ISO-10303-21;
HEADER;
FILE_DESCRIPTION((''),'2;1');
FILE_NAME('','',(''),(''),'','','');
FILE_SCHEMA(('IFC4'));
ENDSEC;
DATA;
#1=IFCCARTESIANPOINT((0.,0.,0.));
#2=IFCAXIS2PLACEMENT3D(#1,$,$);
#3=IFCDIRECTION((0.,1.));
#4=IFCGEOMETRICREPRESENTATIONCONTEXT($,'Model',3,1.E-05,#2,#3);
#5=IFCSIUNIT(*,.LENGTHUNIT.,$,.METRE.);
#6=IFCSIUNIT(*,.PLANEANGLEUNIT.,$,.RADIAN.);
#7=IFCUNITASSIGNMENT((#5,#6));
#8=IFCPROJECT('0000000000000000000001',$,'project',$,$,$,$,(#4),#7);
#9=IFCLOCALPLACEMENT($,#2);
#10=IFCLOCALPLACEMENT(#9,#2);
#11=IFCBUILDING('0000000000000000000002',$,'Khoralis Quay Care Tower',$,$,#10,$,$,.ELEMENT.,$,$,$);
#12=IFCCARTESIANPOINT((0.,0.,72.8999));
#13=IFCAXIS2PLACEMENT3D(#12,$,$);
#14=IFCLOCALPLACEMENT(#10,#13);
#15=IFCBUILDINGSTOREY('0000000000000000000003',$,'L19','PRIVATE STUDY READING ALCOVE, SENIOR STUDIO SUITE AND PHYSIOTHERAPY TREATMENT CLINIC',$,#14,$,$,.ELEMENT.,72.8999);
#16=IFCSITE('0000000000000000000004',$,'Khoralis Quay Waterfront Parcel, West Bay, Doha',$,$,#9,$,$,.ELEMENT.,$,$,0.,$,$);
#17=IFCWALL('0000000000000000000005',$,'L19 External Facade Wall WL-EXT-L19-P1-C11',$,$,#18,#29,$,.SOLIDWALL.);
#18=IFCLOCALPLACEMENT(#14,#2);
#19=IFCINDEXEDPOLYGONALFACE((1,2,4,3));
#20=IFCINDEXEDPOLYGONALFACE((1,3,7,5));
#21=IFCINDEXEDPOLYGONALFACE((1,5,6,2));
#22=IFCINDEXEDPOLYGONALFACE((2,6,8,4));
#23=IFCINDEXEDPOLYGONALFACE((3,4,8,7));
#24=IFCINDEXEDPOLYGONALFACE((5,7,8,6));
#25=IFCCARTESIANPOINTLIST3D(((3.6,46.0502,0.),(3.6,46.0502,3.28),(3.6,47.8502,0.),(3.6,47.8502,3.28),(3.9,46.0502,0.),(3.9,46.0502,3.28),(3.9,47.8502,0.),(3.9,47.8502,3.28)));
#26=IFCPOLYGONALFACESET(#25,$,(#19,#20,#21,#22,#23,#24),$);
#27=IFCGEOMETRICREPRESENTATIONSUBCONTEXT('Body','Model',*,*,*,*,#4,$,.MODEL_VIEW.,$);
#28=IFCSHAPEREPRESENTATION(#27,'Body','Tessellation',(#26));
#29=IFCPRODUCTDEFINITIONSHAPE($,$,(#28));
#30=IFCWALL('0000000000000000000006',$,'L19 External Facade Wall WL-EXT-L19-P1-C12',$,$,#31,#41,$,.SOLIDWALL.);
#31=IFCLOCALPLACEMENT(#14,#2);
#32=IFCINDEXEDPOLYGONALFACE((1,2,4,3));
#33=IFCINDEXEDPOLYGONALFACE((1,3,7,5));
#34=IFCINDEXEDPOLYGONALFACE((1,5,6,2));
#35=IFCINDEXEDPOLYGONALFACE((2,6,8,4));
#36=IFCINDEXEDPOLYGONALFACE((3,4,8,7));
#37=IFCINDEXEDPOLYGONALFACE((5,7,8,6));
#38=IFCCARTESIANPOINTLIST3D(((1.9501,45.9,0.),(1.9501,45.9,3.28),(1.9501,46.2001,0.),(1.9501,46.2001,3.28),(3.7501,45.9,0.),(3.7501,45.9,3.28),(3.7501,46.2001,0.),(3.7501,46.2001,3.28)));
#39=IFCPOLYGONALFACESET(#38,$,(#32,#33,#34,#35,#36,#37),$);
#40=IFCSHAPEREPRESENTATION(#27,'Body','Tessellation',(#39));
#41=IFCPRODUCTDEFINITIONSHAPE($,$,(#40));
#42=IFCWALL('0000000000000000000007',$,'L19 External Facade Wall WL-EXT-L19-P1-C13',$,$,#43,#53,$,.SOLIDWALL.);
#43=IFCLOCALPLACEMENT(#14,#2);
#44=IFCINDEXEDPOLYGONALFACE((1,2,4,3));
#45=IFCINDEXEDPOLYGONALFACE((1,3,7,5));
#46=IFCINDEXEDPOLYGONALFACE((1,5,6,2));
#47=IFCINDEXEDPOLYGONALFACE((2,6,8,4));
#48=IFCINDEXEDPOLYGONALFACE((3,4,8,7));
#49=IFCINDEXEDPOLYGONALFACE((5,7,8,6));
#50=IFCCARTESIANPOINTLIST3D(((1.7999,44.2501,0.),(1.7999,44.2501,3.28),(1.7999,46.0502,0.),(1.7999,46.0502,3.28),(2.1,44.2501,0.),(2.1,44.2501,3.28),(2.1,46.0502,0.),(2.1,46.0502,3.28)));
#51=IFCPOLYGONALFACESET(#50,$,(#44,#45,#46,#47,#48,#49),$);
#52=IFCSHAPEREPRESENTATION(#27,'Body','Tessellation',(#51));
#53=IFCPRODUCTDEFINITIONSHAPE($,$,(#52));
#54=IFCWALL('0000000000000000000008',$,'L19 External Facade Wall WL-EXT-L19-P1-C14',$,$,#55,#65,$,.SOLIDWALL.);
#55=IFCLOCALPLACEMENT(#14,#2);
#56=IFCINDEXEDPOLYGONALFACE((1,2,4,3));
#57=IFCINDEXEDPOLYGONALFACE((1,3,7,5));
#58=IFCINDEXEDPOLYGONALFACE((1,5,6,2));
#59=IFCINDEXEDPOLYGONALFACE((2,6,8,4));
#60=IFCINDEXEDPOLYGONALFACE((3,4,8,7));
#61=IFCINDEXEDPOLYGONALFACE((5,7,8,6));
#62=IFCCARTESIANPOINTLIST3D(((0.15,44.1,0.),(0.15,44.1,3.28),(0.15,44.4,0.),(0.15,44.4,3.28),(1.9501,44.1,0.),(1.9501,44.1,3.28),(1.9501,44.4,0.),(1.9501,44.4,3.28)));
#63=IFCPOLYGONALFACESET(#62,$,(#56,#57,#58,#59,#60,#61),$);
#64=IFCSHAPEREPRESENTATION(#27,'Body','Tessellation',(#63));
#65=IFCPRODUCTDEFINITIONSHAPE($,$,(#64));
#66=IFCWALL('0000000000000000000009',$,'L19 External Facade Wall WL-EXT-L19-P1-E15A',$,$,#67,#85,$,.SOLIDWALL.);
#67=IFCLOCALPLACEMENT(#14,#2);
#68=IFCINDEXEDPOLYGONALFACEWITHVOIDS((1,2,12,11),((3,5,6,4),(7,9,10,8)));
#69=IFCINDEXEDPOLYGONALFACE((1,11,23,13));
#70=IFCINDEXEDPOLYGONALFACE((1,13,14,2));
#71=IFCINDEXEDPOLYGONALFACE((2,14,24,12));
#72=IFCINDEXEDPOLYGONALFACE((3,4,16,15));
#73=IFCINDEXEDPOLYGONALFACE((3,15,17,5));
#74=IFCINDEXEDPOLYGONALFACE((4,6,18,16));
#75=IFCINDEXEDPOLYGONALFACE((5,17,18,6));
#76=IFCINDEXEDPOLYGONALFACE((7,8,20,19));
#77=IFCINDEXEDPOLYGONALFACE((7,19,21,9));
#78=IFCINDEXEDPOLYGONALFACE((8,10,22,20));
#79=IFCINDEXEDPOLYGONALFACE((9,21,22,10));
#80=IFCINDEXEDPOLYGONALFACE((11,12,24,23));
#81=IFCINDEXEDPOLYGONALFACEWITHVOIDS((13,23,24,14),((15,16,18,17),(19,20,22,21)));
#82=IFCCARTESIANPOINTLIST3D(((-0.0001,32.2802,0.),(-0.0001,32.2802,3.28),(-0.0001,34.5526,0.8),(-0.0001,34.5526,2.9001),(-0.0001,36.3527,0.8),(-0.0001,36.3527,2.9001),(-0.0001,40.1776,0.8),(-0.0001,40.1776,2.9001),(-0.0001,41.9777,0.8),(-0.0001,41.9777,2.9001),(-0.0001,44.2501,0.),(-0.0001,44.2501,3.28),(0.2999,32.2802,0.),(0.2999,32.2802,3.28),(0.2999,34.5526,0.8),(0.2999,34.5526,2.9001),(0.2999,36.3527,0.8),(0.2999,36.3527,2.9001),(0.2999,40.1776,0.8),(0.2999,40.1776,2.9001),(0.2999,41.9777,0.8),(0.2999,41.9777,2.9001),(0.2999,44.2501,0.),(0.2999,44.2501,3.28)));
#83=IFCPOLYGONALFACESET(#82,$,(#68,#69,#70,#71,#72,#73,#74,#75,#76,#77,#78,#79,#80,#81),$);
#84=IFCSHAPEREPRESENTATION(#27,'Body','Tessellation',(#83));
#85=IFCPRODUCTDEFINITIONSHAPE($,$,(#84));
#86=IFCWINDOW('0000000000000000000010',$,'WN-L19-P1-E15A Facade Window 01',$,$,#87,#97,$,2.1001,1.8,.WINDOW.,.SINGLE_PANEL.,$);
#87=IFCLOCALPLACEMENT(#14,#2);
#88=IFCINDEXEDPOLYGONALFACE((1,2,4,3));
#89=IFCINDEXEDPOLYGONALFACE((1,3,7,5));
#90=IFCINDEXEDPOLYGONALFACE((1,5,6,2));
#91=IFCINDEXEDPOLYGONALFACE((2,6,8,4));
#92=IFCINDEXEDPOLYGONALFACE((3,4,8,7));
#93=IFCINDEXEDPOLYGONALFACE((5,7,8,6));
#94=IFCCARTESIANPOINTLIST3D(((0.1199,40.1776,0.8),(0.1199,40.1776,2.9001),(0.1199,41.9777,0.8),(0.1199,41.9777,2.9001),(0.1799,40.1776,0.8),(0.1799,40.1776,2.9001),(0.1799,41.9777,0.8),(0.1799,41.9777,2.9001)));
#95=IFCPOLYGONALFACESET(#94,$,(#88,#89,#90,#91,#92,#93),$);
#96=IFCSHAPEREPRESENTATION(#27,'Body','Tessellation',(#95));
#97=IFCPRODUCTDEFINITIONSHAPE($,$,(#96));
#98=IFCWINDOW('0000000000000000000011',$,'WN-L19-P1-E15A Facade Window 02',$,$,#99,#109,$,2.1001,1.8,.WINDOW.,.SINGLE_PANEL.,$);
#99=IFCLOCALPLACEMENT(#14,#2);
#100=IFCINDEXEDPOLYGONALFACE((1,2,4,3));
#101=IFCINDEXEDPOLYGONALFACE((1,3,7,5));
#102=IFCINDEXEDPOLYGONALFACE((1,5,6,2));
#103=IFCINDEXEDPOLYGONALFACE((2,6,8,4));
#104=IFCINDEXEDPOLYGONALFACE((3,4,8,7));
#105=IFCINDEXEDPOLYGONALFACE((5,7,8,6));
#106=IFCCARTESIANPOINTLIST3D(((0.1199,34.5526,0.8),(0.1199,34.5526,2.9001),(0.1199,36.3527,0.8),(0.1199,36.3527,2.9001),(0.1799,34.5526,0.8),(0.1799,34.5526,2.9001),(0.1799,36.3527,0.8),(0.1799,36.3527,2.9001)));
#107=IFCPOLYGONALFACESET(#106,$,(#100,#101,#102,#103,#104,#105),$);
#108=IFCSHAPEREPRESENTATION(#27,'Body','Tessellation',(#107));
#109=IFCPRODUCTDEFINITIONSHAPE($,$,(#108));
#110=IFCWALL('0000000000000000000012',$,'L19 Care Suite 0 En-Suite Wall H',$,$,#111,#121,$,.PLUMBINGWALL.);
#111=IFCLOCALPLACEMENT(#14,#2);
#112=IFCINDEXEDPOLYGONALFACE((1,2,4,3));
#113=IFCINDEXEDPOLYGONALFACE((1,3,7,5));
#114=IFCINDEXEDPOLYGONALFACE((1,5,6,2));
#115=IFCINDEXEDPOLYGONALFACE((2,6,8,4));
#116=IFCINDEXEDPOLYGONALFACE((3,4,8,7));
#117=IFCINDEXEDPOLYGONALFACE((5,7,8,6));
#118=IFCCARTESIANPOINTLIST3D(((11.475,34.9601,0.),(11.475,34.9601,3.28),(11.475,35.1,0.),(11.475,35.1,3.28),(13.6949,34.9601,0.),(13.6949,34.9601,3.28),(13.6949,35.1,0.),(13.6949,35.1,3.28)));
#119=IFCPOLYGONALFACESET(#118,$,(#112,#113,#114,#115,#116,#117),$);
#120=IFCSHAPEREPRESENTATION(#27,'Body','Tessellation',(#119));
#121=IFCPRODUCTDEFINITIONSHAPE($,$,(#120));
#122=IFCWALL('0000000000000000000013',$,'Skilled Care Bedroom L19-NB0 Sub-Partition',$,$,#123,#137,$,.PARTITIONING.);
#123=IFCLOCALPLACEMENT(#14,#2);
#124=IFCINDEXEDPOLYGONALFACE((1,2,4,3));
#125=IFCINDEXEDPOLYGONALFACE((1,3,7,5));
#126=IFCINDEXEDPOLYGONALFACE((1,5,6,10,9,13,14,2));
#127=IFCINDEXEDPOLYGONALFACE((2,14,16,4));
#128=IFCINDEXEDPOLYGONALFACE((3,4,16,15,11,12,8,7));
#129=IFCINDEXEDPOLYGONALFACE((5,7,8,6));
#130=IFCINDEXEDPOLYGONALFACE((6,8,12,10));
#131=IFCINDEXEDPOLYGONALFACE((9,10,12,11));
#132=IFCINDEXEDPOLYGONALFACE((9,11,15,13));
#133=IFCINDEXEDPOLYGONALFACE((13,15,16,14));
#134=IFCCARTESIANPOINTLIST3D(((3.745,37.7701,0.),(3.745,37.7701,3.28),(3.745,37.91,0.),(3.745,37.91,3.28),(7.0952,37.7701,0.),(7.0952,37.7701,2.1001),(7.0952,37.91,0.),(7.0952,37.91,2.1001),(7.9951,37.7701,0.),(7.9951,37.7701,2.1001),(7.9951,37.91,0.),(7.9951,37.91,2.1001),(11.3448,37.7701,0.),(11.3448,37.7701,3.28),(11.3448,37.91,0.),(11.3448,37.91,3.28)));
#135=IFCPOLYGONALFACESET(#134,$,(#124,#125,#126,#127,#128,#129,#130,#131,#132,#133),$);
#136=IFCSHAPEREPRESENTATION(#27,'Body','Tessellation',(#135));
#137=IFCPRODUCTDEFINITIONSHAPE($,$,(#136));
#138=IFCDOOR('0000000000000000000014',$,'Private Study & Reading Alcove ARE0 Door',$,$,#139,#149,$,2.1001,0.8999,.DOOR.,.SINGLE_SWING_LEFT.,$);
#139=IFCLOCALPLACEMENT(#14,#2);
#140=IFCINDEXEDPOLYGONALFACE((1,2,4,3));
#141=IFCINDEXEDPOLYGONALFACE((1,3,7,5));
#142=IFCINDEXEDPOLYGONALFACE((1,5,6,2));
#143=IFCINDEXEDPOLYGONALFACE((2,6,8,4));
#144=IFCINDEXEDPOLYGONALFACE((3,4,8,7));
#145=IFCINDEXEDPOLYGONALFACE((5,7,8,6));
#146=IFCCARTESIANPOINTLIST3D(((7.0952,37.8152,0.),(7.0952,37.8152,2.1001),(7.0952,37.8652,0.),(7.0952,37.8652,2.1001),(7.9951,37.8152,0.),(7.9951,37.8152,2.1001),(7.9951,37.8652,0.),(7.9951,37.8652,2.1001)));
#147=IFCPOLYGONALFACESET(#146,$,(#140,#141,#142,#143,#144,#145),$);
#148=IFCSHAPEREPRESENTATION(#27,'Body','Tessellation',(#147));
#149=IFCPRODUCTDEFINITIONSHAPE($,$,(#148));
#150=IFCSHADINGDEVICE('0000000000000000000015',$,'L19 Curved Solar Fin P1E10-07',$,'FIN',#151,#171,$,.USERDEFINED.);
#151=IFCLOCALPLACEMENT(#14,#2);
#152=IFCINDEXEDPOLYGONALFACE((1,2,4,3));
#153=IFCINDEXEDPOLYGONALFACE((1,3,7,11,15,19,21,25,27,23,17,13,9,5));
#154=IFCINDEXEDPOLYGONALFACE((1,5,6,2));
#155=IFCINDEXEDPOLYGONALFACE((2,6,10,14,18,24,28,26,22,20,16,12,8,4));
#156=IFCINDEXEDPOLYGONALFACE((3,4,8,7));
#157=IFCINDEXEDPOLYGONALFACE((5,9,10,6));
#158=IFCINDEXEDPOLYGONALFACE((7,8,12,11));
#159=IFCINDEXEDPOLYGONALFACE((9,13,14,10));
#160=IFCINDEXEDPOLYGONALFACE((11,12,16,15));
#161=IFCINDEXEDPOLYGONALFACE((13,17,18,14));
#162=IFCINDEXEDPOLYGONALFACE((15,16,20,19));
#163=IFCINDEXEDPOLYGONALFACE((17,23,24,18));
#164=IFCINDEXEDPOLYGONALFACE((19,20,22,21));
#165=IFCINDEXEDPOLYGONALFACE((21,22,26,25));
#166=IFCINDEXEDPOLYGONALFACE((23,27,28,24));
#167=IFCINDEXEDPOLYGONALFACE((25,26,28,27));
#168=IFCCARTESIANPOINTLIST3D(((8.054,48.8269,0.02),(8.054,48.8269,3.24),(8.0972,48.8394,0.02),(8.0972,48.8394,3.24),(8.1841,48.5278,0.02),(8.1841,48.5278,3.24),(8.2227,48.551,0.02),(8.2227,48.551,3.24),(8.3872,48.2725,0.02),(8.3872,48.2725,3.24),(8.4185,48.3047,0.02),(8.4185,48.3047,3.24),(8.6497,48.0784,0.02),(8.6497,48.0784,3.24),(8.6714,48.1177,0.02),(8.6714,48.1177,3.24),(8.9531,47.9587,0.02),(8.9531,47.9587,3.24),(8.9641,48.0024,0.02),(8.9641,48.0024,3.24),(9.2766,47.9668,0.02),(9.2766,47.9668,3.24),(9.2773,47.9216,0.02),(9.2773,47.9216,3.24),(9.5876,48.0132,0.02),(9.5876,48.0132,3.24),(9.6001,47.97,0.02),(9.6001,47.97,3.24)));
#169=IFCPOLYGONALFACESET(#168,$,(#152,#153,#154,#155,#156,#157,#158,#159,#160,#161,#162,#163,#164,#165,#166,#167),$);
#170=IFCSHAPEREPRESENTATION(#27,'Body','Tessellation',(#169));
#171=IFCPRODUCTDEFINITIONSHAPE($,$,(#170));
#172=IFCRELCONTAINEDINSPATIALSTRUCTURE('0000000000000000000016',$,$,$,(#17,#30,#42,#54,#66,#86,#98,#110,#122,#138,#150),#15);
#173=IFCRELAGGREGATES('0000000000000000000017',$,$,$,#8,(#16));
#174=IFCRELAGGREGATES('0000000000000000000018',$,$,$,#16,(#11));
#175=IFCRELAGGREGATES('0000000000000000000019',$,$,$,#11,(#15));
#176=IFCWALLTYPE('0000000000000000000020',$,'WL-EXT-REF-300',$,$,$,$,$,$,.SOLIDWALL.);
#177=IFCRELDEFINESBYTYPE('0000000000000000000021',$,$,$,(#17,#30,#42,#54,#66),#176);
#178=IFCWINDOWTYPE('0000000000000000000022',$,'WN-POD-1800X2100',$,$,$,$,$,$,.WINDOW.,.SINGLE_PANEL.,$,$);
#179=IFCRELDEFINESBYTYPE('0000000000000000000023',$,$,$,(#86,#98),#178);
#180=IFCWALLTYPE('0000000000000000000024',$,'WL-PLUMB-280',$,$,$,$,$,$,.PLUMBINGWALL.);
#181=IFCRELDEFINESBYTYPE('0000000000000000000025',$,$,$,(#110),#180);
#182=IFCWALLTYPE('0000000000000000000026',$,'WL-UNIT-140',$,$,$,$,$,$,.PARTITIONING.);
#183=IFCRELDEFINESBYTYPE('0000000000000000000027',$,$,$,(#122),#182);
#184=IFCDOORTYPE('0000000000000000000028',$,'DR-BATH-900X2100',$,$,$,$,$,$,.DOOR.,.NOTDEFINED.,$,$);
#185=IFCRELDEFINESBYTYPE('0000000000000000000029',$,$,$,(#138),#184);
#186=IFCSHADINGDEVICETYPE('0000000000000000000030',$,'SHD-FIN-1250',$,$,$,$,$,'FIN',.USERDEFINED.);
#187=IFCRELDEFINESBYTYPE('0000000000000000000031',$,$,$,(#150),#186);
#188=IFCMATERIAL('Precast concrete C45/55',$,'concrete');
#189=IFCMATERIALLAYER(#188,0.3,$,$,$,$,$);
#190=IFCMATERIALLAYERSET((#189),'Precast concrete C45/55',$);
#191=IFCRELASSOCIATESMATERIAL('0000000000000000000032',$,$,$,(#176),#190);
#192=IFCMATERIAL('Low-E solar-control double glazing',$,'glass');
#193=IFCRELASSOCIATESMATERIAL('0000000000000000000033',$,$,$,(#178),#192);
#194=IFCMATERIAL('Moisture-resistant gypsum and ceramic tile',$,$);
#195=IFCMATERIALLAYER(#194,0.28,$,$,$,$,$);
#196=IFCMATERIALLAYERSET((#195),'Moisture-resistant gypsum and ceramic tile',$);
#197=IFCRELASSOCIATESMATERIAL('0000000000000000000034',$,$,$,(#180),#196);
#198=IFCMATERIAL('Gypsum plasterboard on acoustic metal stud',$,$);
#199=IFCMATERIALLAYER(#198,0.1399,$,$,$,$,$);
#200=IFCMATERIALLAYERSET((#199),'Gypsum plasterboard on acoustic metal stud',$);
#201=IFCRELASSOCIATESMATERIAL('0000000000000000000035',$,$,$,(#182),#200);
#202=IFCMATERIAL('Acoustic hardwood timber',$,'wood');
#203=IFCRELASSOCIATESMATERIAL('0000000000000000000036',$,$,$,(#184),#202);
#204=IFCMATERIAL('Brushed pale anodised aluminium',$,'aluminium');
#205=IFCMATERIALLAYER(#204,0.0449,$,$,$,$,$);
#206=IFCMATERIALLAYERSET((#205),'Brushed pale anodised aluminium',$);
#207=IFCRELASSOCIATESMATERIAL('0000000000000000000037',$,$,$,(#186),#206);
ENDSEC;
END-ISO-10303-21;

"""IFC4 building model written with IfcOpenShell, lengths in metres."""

from ifc_helpers import new_model, si_unit, direction, frame, frame_2d, origin, place, context, subcontext, project, spatial, polyline, rectangle, outline, extrude, source, transform, mapped, material, layer, layer_set, type_object, element, fill, save


model = new_model("IFC4")

# Units and contexts
model_context = context("Model", 3, precision=1e-05, world=origin(), true_north=direction((0.0, 1.0)))
body_context = subcontext(model_context, "Body", "Model", "MODEL_VIEW")
ifc_project = project(units=[si_unit("LENGTHUNIT", "METRE"), si_unit("PLANEANGLEUNIT", "RADIAN")], contexts=[model_context])

# Site, building, storey
site_placement = place(None, origin())
site = spatial("IfcSite", under=ifc_project, at=site_placement, Name="Khoralis Quay Waterfront Parcel, West Bay, Doha", CompositionType="ELEMENT", RefElevation=0.0)
building_placement = place(site_placement, origin())
building = spatial("IfcBuilding", under=site, at=building_placement, Name="Khoralis Quay Care Tower", CompositionType="ELEMENT")
storey_placement = place(building_placement, frame((0.0, 0.0, 72.8999)))
storey = spatial("IfcBuildingStorey", under=building, at=storey_placement, Name="L19", Description="PRIVATE STUDY READING ALCOVE, SENIOR STUDIO SUITE AND PHYSIOTHERAPY TREATMENT CLINIC", CompositionType="ELEMENT", Elevation=72.8999)

# Walls
ifc_material_1 = material(Name="Precast concrete C45/55", Category="concrete")
ifc_layer_1 = layer(ifc_material_1, 0.3)
ifc_layer_set_1 = layer_set([ifc_layer_1], Name="Precast concrete C45/55")
wall_type_1 = type_object("IfcWallType", Name="WL-EXT-REF-300", PredefinedType="SOLIDWALL", material=ifc_layer_set_1)
for number, where, z_axis, x_axis, name in (
    (1, (3.75, 47.8501, 0.0), (0.0, 0.0, 1.0), (0.0, -1.0, 0.0), "L19 External Facade Wall WL-EXT-L19-P1-C11"),
    (2, (3.75, 46.05, 0.0), (0.0, 0.0, 1.0), (-1.0, 0.0, 0.0), "L19 External Facade Wall WL-EXT-L19-P1-C12"),
    (3, (1.95, 46.05, 0.0), (0.0, 0.0, 1.0), (0.0, -1.0, 0.0), "L19 External Facade Wall WL-EXT-L19-P1-C13"),
    (4, (1.95, 44.25, 0.0), (0.0, 0.0, 1.0), (-1.0, 0.0, 0.0), "L19 External Facade Wall WL-EXT-L19-P1-C14"),
):
    element("IfcWall", number, at=place(storey_placement, frame(where, z_axis=z_axis, x_axis=x_axis)), inside=storey, type_object=wall_type_1, Name=name, PredefinedType="SOLIDWALL", context=body_context, shape_type="SweptSolid", body=[
        extrude(rectangle(XDim=1.8, YDim=0.3, at=frame_2d((0.8999, 0.0))), origin(), (0.0, 0.0, 1.0), 3.28),
    ])

# Wall, openings, windows
wall_1_placement = place(storey_placement, frame((0.1499, 44.25, 0.0), z_axis=(0.0, 0.0, 1.0), x_axis=(0.0, -1.0, 0.0)))
wall_1 = element("IfcWall", 5, at=wall_1_placement, inside=storey, type_object=wall_type_1, Name="L19 External Facade Wall WL-EXT-L19-P1-E15A", PredefinedType="SOLIDWALL", context=body_context, shape_type="SweptSolid", body=[
    extrude(rectangle(XDim=11.97, YDim=0.3, at=frame_2d((5.9849, 0.0))), origin(), (0.0, 0.0, 1.0), 3.28),
])
opening_1_placement = place(wall_1_placement, frame((2.2725, 0.0, 0.8)))
opening_1 = element("IfcOpeningElement", 6, at=opening_1_placement, cuts=wall_1, PredefinedType="OPENING", context=body_context, shape_type="SweptSolid", body=[
    extrude(rectangle(XDim=1.8, YDim=2.1001, at=frame_2d((0.8999, 1.05))), frame((0.0, 0.1602, 0.0), z_axis=(0.0, -1.0, 0.0), x_axis=(1.0, 0.0, 0.0)), (0.0, 0.0, 1.0), 0.3201),
])
opening_2_placement = place(wall_1_placement, frame((7.8975, 0.0, 0.8)))
opening_2 = element("IfcOpeningElement", 7, at=opening_2_placement, cuts=wall_1, PredefinedType="OPENING", context=body_context, shape_type="SweptSolid", body=[
    extrude(rectangle(XDim=1.8, YDim=2.1001, at=frame_2d((0.8999, 1.05))), frame((0.0, 0.1602, 0.0), z_axis=(0.0, -1.0, 0.0), x_axis=(1.0, 0.0, 0.0)), (0.0, 0.0, 1.0), 0.3201),
])
ifc_material_2 = material(Name="Low-E solar-control double glazing", Category="glass")
window_type = type_object("IfcWindowType", Name="WN-POD-1800X2100", PartitioningType="SINGLE_PANEL", PredefinedType="WINDOW", material=ifc_material_2)
shared_shape_1 = source(origin(), body_context, "Body", "SweptSolid", [
    extrude(rectangle(XDim=1.8, YDim=2.1001, at=frame_2d((0.8999, 1.05))), frame((0.0, 0.03, 0.0), z_axis=(0.0, -1.0, 0.0), x_axis=(1.0, 0.0, 0.0)), (0.0, 0.0, 1.0), 0.0601),
])
window_1_placement = place(opening_1_placement, origin())
window_1 = element("IfcWindow", 8, at=window_1_placement, inside=storey, type_object=window_type, Name="WN-L19-P1-E15A Facade Window 01", OverallHeight=2.1001, OverallWidth=1.8, PartitioningType="SINGLE_PANEL", PredefinedType="WINDOW", context=body_context, shape_type="MappedRepresentation", body=[
    mapped(shared_shape_1, transform((0.0, 0.0, 0.0), scale=1.0)),
])
fill(opening_1, window_1)
window_2_placement = place(opening_2_placement, origin())
window_2 = element("IfcWindow", 9, at=window_2_placement, inside=storey, type_object=window_type, Name="WN-L19-P1-E15A Facade Window 02", OverallHeight=2.1001, OverallWidth=1.8, PartitioningType="SINGLE_PANEL", PredefinedType="WINDOW", context=body_context, shape_type="MappedRepresentation", body=[
    mapped(shared_shape_1, transform((0.0, 0.0, 0.0), scale=1.0)),
])
fill(opening_2, window_2)

# Wall
ifc_material_3 = material(Name="Moisture-resistant gypsum and ceramic tile")
ifc_layer_2 = layer(ifc_material_3, 0.28)
ifc_layer_set_2 = layer_set([ifc_layer_2], Name="Moisture-resistant gypsum and ceramic tile")
wall_type_2 = type_object("IfcWallType", Name="WL-PLUMB-280", PredefinedType="PLUMBINGWALL", material=ifc_layer_set_2)
wall_2_placement = place(storey_placement, frame((11.4751, 35.03, 0.0), z_axis=(0.0, 0.0, 1.0), x_axis=(1.0, 0.0, 0.0)))
element("IfcWall", 10, at=wall_2_placement, inside=storey, type_object=wall_type_2, Name="L19 Care Suite 0 En-Suite Wall H", PredefinedType="PLUMBINGWALL", context=body_context, shape_type="SweptSolid", body=[
    extrude(rectangle(XDim=2.22, YDim=0.1399, at=frame_2d((1.1099, 0.0))), origin(), (0.0, 0.0, 1.0), 3.28),
])

# Wall, opening, door
ifc_material_4 = material(Name="Gypsum plasterboard on acoustic metal stud")
ifc_layer_3 = layer(ifc_material_4, 0.1399)
ifc_layer_set_3 = layer_set([ifc_layer_3], Name="Gypsum plasterboard on acoustic metal stud")
wall_type_3 = type_object("IfcWallType", Name="WL-UNIT-140", PredefinedType="PARTITIONING", material=ifc_layer_set_3)
wall_3_placement = place(storey_placement, frame((3.7451, 37.8401, 0.0), z_axis=(0.0, 0.0, 1.0), x_axis=(1.0, 0.0, 0.0)))
wall_3 = element("IfcWall", 11, at=wall_3_placement, inside=storey, type_object=wall_type_3, Name="Skilled Care Bedroom L19-NB0 Sub-Partition", PredefinedType="PARTITIONING", context=body_context, shape_type="SweptSolid", body=[
    extrude(rectangle(XDim=7.5999, YDim=0.1399, at=frame_2d((3.7998, 0.0))), origin(), (0.0, 0.0, 1.0), 3.28),
])
opening_3_placement = place(wall_3_placement, frame((3.3501, 0.0, 0.0)))
opening_3 = element("IfcOpeningElement", 12, at=opening_3_placement, cuts=wall_3, PredefinedType="OPENING", context=body_context, shape_type="SweptSolid", body=[
    extrude(rectangle(XDim=0.8999, YDim=2.1001, at=frame_2d((0.45, 1.05))), frame((0.0, 0.0801, 0.0), z_axis=(0.0, -1.0, 0.0), x_axis=(1.0, 0.0, 0.0)), (0.0, 0.0, 1.0), 0.1599),
])
ifc_material_5 = material(Name="Acoustic hardwood timber", Category="wood")
door_type = type_object("IfcDoorType", Name="DR-BATH-900X2100", OperationType="NOTDEFINED", PredefinedType="DOOR", material=ifc_material_5)
shared_shape_2 = source(origin(), body_context, "Body", "SweptSolid", [
    extrude(rectangle(XDim=0.8999, YDim=2.1001, at=frame_2d((0.45, 1.05))), frame((0.0, 0.0249, 0.0), z_axis=(0.0, -1.0, 0.0), x_axis=(1.0, 0.0, 0.0)), (0.0, 0.0, 1.0), 0.05),
])
door_placement = place(opening_3_placement, frame((0.8999, 0.0, 0.0), z_axis=(0.0, 0.0, 1.0), x_axis=(-1.0, 0.0, 0.0)))
door = element("IfcDoor", 13, at=door_placement, inside=storey, type_object=door_type, Name="Private Study & Reading Alcove ARE0 Door", OperationType="SINGLE_SWING_LEFT", OverallHeight=2.1001, OverallWidth=0.8999, PredefinedType="DOOR", context=body_context, shape_type="MappedRepresentation", body=[
    mapped(shared_shape_2, transform((0.0, 0.0, 0.0), scale=1.0)),
])
fill(opening_3, door)

# Shading device
ifc_material_6 = material(Name="Brushed pale anodised aluminium", Category="aluminium")
ifc_layer_4 = layer(ifc_material_6, 0.0449)
ifc_layer_set_4 = layer_set([ifc_layer_4], Name="Brushed pale anodised aluminium")
shading_device_type = type_object("IfcShadingDeviceType", Name="SHD-FIN-1250", ElementType="FIN", PredefinedType="USERDEFINED", material=ifc_layer_set_4)
shared_shape_3 = source(origin(), body_context, "Body", "SweptSolid", [
    extrude(outline(polyline([(0.0, 0.0), (-0.0483, 0.3228), (-0.0112, 0.647), (0.1084, 0.9504), (0.3025, 1.2129), (0.5579, 1.416), (0.8569, 1.5461), (0.8694, 1.5029), (0.5811, 1.3774), (0.3347, 1.1816), (0.1477, 0.9287), (0.0325, 0.636), (-0.0032, 0.3235), (0.0432, 0.0125), (0.0, 0.0)])), origin(), (0.0, 0.0, 1.0), 3.22),
])
shading_device_placement = place(storey_placement, frame((9.6001, 47.97, 0.02), z_axis=(0.0, 0.0, 1.0), x_axis=(0.0, 1.0, 0.0)))
element("IfcShadingDevice", 14, at=shading_device_placement, inside=storey, type_object=shading_device_type, Name="L19 Curved Solar Fin P1E10-07", ObjectType="FIN", PredefinedType="USERDEFINED", context=body_context, shape_type="MappedRepresentation", body=[
    mapped(shared_shape_3, transform((0.0, 0.0, 0.0), scale=1.0)),
])

save(model, "model.ifc")
